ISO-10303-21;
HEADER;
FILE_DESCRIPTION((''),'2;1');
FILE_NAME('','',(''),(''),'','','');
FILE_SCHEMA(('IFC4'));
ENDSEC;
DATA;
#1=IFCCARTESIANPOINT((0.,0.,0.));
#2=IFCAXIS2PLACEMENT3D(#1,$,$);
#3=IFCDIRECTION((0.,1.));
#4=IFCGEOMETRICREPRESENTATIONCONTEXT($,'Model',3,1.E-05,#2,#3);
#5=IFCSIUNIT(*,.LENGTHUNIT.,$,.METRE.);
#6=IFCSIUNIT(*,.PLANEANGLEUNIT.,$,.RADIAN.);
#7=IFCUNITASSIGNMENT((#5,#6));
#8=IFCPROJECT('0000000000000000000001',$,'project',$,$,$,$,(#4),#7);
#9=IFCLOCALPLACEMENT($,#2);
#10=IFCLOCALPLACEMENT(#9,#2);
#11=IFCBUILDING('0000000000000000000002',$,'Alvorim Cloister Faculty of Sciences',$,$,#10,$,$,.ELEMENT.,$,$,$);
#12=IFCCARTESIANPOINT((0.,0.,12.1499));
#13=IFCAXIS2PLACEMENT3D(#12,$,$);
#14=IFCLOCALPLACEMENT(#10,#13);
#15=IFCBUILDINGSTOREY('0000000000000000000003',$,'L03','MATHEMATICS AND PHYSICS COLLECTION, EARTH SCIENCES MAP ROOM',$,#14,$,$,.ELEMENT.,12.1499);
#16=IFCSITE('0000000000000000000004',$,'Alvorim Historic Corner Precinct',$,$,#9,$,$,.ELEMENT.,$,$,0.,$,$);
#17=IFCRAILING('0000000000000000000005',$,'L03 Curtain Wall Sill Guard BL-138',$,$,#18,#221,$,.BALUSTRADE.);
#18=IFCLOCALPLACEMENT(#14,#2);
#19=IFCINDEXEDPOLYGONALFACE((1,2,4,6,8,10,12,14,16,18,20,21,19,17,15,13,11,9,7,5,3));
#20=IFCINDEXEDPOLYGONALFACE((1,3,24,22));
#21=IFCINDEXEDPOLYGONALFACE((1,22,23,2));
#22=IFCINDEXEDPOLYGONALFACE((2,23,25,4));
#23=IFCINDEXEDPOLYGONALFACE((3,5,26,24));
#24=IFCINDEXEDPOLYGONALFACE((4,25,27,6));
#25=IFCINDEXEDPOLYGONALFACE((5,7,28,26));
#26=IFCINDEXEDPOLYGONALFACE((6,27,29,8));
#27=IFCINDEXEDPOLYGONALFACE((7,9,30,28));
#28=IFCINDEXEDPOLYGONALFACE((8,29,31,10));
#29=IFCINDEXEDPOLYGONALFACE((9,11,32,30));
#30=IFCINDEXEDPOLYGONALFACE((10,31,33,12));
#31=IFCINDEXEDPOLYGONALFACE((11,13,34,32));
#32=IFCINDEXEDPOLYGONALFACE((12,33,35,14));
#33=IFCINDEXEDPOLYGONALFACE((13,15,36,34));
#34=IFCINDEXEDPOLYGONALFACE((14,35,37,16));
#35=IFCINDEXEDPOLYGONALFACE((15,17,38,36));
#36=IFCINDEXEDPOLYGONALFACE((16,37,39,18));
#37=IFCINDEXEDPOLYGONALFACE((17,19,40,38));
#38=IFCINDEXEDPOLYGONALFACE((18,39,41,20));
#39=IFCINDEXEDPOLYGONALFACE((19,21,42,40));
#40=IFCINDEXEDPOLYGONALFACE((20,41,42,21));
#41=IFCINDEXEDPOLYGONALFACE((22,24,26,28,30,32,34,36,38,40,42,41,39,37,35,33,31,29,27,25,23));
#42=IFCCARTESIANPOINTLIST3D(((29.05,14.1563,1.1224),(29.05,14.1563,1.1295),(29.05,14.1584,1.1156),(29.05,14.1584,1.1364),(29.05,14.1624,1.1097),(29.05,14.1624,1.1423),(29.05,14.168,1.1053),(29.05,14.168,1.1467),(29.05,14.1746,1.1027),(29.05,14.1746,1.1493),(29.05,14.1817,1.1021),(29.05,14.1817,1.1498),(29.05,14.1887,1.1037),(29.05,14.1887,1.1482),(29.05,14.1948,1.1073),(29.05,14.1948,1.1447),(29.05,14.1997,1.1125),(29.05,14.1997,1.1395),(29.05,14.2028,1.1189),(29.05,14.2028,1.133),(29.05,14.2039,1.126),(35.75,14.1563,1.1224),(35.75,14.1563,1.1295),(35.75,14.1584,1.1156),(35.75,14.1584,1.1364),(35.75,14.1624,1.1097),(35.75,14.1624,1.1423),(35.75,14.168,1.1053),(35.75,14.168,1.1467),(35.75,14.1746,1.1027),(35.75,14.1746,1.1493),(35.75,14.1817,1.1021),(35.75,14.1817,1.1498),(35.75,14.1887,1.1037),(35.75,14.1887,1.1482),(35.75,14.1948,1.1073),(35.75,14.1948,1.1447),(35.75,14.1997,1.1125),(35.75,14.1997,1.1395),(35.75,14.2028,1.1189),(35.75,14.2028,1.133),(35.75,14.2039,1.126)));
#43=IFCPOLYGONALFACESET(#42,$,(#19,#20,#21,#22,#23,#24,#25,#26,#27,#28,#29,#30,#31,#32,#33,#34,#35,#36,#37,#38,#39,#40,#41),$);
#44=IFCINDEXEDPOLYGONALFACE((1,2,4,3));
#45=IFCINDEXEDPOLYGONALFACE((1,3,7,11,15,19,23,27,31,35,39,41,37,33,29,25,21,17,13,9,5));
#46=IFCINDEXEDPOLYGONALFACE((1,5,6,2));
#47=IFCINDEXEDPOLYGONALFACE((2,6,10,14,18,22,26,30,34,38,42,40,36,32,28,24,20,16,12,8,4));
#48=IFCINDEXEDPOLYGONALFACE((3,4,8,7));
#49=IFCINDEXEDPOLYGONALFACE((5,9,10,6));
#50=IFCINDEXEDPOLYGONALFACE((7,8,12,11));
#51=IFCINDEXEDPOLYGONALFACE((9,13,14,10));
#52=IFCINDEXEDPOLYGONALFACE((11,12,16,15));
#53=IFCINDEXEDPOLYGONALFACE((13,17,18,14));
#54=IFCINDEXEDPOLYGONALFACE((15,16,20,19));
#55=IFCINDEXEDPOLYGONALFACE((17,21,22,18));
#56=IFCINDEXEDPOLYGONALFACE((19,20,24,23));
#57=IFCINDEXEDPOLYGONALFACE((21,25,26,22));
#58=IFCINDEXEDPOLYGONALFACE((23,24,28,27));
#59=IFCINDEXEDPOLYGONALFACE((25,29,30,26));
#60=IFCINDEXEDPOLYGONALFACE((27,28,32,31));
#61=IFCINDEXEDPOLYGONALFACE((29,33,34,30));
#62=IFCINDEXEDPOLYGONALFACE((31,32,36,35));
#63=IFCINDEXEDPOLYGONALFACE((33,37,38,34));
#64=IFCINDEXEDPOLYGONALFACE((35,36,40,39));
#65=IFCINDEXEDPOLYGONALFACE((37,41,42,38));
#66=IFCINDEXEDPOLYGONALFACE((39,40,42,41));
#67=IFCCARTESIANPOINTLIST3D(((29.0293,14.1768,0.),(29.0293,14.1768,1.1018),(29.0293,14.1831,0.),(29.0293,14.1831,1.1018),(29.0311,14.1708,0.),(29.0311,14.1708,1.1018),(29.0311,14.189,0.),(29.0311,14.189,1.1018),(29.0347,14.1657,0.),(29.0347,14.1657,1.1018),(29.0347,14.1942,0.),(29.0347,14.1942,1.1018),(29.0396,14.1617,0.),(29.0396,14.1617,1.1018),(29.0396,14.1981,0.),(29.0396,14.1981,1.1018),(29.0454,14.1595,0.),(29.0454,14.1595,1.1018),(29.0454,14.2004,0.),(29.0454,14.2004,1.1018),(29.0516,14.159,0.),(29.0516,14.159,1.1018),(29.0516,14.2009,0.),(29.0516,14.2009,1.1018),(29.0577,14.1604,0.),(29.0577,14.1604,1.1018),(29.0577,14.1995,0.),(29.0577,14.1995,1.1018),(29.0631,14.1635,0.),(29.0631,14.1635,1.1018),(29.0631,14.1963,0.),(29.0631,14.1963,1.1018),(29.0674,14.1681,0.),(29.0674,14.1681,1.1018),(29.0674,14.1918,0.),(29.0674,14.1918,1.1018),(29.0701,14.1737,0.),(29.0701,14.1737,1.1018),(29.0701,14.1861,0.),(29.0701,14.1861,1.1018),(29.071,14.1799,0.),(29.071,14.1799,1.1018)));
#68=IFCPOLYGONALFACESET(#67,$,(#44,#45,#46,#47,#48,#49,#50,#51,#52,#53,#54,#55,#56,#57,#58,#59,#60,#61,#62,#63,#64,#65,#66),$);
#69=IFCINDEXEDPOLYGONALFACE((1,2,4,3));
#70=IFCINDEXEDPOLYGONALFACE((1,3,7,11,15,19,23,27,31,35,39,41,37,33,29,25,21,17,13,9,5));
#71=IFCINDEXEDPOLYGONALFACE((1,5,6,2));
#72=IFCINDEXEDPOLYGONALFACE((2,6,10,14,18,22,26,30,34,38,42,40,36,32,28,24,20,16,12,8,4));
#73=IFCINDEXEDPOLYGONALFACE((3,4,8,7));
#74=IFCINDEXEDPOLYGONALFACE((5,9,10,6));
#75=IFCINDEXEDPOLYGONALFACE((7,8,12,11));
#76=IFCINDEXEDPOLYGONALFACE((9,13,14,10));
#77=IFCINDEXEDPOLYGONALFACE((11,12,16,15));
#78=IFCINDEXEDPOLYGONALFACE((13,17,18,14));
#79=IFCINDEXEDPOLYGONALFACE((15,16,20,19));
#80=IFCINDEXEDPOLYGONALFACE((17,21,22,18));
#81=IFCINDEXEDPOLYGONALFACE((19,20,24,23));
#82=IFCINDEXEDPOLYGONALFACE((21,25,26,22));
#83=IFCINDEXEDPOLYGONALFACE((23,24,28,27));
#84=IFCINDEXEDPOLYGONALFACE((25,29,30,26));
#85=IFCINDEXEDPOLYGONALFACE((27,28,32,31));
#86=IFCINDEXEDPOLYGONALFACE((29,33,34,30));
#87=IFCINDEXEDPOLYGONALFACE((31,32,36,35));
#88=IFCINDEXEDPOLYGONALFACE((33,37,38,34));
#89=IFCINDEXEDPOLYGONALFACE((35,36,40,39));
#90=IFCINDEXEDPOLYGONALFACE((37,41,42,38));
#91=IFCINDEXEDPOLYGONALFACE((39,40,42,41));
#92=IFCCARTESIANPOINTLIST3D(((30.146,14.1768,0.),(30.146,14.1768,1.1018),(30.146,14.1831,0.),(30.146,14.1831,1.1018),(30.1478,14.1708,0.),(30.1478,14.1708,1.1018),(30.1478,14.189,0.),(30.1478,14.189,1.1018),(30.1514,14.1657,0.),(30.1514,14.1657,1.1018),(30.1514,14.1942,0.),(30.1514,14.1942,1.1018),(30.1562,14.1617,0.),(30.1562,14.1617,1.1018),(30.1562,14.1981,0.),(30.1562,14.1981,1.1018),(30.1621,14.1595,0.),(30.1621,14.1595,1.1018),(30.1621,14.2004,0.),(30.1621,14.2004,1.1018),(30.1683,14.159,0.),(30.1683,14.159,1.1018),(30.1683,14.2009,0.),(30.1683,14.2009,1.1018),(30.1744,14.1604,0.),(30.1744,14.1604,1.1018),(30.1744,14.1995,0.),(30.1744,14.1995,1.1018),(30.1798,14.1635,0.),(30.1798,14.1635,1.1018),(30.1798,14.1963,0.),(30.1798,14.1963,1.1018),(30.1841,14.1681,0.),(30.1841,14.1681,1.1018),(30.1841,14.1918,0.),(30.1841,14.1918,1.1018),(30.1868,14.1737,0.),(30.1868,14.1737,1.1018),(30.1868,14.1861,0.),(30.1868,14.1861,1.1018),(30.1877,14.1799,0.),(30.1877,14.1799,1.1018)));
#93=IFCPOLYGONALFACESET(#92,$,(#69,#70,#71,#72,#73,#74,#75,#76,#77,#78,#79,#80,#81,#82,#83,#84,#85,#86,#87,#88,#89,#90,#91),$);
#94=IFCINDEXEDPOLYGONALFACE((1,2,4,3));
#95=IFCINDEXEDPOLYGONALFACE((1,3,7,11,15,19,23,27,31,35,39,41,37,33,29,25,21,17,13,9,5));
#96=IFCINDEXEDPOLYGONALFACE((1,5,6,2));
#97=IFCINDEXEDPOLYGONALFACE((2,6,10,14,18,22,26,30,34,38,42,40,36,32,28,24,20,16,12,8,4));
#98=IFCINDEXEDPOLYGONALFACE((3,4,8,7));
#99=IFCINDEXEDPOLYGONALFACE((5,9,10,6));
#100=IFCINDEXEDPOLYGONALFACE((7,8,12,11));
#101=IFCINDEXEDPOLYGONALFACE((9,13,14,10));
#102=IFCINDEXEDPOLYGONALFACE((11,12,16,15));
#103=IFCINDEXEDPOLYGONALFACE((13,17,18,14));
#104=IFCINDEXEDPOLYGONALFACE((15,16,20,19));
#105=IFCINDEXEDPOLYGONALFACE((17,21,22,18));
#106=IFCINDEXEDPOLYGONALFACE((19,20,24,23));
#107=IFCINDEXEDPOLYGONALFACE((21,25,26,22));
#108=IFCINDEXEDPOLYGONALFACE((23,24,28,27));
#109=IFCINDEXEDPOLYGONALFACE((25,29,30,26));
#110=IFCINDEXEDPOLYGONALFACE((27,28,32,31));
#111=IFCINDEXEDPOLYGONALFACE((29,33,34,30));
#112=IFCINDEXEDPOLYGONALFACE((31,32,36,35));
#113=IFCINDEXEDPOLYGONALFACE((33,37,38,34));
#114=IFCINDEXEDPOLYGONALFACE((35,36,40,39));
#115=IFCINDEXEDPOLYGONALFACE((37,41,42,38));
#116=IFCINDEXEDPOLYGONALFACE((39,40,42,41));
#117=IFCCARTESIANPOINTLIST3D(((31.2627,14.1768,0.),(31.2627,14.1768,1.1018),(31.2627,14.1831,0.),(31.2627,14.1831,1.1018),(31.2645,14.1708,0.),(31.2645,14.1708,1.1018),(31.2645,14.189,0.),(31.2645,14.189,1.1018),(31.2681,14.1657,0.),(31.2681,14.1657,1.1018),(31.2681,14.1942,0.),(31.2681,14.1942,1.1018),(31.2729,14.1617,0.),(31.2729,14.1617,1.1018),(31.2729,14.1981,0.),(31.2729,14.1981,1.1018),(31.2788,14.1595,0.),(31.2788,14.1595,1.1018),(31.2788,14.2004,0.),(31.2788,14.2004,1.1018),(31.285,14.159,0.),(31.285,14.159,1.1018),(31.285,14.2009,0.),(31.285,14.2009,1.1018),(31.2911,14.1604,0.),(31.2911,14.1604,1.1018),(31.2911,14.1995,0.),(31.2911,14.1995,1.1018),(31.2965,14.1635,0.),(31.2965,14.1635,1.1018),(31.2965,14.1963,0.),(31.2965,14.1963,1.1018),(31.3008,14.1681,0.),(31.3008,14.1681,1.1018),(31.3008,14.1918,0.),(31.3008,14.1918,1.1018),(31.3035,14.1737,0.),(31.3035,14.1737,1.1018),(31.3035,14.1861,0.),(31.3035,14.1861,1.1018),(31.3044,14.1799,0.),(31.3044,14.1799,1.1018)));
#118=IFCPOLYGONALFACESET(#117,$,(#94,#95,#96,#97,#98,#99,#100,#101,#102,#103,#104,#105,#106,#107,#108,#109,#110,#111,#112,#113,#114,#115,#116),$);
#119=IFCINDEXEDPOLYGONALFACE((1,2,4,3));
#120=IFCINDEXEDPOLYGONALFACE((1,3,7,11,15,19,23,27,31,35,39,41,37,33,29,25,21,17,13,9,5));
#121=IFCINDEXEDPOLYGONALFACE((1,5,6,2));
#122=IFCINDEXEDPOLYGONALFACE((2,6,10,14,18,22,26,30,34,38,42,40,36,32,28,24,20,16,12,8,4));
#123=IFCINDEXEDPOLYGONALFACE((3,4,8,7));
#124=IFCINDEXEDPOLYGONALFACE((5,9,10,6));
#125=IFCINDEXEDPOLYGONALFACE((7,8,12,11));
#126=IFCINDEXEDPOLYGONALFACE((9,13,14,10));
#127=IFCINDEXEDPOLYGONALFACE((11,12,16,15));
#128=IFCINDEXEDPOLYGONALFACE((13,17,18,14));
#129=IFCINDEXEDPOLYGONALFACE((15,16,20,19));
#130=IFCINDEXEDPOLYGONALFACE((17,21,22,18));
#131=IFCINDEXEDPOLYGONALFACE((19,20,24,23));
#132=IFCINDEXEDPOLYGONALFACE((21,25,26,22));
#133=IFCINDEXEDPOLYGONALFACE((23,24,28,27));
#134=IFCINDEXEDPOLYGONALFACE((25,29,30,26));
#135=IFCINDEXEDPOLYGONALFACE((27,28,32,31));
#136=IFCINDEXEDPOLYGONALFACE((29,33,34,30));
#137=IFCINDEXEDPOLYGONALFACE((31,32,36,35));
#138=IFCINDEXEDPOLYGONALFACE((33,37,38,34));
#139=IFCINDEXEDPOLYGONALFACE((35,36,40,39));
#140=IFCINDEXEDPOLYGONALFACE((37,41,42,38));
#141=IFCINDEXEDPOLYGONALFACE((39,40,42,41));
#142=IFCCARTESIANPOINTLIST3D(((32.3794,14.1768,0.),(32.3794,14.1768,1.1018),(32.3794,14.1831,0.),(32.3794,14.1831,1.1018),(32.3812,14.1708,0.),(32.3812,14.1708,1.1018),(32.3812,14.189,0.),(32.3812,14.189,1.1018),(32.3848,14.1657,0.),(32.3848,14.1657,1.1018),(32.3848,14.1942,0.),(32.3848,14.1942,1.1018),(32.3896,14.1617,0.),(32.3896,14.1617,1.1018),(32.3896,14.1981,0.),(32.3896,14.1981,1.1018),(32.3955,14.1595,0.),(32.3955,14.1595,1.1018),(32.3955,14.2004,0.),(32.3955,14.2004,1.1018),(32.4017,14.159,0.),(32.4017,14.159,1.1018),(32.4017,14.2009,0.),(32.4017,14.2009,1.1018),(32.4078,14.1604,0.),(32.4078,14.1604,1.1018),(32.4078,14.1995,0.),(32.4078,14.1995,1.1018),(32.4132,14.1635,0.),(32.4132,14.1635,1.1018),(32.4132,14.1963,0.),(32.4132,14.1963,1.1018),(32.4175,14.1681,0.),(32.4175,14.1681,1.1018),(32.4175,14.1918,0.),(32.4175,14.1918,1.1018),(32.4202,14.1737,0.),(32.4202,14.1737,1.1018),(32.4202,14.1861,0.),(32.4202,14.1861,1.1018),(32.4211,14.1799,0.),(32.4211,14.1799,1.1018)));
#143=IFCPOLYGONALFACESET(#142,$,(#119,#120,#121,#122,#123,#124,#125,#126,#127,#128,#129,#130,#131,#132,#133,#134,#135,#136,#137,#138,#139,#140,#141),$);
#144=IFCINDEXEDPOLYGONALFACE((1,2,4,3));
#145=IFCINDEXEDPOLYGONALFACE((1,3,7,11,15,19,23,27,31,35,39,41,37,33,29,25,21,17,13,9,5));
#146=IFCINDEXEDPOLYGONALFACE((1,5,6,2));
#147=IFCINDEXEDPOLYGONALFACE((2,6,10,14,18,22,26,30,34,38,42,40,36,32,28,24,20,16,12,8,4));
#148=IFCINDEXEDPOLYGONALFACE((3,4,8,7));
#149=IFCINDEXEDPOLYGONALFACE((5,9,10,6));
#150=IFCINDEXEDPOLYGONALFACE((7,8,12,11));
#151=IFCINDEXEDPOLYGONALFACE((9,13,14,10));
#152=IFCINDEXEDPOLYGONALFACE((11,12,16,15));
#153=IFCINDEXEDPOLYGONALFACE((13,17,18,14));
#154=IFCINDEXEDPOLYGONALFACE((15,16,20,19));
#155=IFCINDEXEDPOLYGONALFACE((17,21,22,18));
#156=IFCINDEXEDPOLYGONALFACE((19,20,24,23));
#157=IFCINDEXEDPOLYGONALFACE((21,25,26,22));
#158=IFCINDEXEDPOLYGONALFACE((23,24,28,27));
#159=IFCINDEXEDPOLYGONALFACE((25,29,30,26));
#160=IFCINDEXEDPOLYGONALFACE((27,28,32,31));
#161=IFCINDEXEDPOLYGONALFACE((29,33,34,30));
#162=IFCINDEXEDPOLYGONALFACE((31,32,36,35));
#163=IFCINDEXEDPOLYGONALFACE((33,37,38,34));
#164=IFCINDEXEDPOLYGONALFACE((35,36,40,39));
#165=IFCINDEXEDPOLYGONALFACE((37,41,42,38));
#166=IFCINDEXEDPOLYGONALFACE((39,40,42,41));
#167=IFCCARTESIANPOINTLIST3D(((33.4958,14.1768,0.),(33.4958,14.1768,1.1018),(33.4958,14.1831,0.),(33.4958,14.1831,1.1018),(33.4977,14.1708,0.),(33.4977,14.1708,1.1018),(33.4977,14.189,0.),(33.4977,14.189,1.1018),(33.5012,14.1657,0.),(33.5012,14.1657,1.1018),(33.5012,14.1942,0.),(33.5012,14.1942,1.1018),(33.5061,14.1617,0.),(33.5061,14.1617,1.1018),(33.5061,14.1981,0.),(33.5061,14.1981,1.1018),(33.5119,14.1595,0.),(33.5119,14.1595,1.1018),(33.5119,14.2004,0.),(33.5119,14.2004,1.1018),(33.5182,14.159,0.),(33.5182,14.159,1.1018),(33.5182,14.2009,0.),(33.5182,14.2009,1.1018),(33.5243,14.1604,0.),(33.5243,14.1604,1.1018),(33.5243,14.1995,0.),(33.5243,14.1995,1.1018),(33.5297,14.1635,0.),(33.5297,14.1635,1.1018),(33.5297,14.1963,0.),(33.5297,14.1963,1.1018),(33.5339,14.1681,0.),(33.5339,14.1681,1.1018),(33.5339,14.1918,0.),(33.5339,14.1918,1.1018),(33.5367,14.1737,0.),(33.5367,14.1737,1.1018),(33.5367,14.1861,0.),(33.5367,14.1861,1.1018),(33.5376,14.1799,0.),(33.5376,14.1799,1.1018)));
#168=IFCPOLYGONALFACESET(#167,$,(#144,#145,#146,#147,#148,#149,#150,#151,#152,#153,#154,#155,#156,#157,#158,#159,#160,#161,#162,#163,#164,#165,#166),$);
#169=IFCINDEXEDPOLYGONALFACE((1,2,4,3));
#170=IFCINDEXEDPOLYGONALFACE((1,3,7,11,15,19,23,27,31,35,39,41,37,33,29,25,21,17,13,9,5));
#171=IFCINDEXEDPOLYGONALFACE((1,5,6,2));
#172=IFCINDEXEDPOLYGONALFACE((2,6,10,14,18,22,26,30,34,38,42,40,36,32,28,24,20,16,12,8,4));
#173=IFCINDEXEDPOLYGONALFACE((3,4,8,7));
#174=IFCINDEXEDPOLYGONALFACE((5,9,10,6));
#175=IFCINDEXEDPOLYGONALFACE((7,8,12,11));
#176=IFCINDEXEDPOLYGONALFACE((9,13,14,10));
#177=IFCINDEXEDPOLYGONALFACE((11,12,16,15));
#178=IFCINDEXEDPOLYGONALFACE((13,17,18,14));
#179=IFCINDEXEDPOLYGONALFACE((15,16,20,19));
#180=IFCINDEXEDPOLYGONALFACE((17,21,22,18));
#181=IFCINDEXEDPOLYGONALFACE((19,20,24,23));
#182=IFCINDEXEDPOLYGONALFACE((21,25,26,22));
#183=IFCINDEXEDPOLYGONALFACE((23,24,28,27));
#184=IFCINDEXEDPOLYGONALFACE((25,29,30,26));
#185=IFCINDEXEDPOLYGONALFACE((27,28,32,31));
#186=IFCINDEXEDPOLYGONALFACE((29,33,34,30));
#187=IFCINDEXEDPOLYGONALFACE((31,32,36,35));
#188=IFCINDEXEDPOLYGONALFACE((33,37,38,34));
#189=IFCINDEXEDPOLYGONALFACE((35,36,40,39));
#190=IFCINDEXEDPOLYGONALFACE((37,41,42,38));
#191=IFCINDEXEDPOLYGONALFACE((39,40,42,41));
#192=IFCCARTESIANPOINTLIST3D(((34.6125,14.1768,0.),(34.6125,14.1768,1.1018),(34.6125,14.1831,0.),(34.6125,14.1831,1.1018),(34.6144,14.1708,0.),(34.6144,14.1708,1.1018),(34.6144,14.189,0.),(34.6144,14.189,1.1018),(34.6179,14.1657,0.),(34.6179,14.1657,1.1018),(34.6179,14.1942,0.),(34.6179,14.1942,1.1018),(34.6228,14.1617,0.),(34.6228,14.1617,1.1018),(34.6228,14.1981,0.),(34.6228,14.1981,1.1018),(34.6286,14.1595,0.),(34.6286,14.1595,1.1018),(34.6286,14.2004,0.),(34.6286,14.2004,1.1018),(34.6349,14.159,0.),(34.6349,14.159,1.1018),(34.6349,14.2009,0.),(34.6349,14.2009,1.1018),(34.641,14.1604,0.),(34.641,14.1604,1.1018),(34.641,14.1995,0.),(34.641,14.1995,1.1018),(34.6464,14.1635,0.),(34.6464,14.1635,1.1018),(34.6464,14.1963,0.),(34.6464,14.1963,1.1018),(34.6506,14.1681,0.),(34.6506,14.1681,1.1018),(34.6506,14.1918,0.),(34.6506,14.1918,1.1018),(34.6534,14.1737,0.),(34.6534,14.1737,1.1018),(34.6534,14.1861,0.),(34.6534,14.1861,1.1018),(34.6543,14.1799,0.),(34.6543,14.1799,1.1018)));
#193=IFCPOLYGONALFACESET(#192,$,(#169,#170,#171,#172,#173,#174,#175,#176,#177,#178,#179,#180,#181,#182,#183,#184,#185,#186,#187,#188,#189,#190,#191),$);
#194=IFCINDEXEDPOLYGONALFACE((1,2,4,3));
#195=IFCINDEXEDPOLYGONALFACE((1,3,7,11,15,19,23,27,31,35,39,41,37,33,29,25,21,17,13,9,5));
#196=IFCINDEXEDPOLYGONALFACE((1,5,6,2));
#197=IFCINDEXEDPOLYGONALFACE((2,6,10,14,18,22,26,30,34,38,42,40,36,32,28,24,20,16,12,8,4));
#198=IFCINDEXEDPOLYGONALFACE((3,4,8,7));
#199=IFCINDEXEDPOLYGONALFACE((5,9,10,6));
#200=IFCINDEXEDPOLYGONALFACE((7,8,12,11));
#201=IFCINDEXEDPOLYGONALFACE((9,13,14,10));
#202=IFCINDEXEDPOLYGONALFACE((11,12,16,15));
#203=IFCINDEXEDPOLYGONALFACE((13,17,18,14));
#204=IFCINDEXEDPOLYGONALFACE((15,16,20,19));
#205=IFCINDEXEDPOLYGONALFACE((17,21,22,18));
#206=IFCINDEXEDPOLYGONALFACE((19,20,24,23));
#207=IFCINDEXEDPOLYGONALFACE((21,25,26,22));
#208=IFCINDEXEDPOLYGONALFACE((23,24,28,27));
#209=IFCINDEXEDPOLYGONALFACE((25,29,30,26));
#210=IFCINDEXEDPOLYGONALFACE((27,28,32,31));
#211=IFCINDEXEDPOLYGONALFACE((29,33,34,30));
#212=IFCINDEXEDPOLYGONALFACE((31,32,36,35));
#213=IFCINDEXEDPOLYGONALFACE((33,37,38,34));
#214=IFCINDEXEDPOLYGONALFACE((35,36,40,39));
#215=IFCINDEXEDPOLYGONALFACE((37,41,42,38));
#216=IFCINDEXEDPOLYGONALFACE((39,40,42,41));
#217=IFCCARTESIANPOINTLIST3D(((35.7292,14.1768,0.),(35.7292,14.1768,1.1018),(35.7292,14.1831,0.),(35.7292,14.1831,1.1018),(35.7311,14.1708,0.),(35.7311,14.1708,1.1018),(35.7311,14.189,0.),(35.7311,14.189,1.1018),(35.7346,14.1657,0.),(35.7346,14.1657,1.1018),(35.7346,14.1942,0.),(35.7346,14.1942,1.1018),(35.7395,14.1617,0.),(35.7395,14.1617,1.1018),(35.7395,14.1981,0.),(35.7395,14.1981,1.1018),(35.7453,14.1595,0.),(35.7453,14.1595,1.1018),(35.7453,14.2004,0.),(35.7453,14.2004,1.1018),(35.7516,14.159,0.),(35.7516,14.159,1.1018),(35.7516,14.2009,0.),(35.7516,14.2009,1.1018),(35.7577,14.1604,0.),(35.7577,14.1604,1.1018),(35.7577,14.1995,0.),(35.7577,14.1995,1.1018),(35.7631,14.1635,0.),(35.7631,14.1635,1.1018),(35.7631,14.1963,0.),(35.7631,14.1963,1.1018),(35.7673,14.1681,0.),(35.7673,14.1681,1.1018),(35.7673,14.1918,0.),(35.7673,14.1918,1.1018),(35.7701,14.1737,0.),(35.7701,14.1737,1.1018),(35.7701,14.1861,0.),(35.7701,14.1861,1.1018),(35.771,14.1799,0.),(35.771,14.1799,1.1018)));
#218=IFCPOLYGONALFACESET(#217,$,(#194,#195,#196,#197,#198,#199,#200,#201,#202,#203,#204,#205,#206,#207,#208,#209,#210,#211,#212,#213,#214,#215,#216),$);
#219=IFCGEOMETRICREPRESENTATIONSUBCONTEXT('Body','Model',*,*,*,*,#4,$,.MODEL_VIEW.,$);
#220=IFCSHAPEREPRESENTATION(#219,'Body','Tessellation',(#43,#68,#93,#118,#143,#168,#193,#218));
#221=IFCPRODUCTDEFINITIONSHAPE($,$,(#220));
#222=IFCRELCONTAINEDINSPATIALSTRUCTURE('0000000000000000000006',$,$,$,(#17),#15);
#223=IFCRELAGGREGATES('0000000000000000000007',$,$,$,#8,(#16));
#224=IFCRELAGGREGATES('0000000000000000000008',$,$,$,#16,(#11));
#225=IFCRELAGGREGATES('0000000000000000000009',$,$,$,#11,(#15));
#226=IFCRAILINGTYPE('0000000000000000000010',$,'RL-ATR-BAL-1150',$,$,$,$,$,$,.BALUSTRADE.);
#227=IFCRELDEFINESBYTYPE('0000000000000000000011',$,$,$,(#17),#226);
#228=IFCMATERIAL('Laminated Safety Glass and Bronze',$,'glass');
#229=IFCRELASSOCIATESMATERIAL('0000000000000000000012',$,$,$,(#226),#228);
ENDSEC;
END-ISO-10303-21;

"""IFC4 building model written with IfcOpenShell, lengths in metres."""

from ifc_helpers import new_model, si_unit, direction, frame, origin, origin_2d, place, context, subcontext, project, spatial, circle, extrude, material, type_object, element, save


model = new_model("IFC4")

# Units and contexts
model_context = context("Model", 3, precision=1e-05, world=origin(), true_north=direction((0.0, 1.0)))
body_context = subcontext(model_context, "Body", "Model", "MODEL_VIEW")
ifc_project = project(units=[si_unit("LENGTHUNIT", "METRE"), si_unit("PLANEANGLEUNIT", "RADIAN")], contexts=[model_context])

# Site, building, storey
site_placement = place(None, origin())
site = spatial("IfcSite", under=ifc_project, at=site_placement, Name="Alvorim Historic Corner Precinct", CompositionType="ELEMENT", RefElevation=0.0)
building_placement = place(site_placement, origin())
building = spatial("IfcBuilding", under=site, at=building_placement, Name="Alvorim Cloister Faculty of Sciences", CompositionType="ELEMENT")
storey_placement = place(building_placement, frame((0.0, 0.0, 12.1499)))
storey = spatial("IfcBuildingStorey", under=building, at=storey_placement, Name="L03", Description="MATHEMATICS AND PHYSICS COLLECTION, EARTH SCIENCES MAP ROOM", CompositionType="ELEMENT", Elevation=12.1499)

# Railing
ifc_material_1 = material(Name="Laminated Safety Glass and Bronze", Category="glass")
railing_type = type_object("IfcRailingType", Name="RL-ATR-BAL-1150", PredefinedType="BALUSTRADE", material=ifc_material_1)
railing_placement = place(storey_placement, frame((29.05, 14.1799, 0.0)))
element("IfcRailing", 1, at=railing_placement, inside=storey, type_object=railing_type, Name="L03 Curtain Wall Sill Guard BL-138", PredefinedType="BALUSTRADE", context=body_context, shape_type="SweptSolid", body=[
    extrude(circle(Radius=0.0239, at=origin_2d()), frame((0.0, 0.0, 1.126), z_axis=(1.0, 0.0, 0.0), x_axis=(0.0, 1.0, 0.0)), (0.0, 0.0, 1.0), 6.7),
    extrude(circle(Radius=0.021, at=origin_2d()), origin(), (0.0, 0.0, 1.0), 1.1018),
    extrude(circle(Radius=0.021, at=origin_2d()), frame((1.1167, 0.0, 0.0)), (0.0, 0.0, 1.0), 1.1018),
    extrude(circle(Radius=0.021, at=origin_2d()), frame((2.2334, 0.0, 0.0)), (0.0, 0.0, 1.0), 1.1018),
    extrude(circle(Radius=0.021, at=origin_2d()), frame((3.3501, 0.0, 0.0)), (0.0, 0.0, 1.0), 1.1018),
    extrude(circle(Radius=0.021, at=origin_2d()), frame((4.4666, 0.0, 0.0)), (0.0, 0.0, 1.0), 1.1018),
    extrude(circle(Radius=0.021, at=origin_2d()), frame((5.5833, 0.0, 0.0)), (0.0, 0.0, 1.0), 1.1018),
    extrude(circle(Radius=0.021, at=origin_2d()), frame((6.7, 0.0, 0.0)), (0.0, 0.0, 1.0), 1.1018),
])

save(model, "model.ifc")
